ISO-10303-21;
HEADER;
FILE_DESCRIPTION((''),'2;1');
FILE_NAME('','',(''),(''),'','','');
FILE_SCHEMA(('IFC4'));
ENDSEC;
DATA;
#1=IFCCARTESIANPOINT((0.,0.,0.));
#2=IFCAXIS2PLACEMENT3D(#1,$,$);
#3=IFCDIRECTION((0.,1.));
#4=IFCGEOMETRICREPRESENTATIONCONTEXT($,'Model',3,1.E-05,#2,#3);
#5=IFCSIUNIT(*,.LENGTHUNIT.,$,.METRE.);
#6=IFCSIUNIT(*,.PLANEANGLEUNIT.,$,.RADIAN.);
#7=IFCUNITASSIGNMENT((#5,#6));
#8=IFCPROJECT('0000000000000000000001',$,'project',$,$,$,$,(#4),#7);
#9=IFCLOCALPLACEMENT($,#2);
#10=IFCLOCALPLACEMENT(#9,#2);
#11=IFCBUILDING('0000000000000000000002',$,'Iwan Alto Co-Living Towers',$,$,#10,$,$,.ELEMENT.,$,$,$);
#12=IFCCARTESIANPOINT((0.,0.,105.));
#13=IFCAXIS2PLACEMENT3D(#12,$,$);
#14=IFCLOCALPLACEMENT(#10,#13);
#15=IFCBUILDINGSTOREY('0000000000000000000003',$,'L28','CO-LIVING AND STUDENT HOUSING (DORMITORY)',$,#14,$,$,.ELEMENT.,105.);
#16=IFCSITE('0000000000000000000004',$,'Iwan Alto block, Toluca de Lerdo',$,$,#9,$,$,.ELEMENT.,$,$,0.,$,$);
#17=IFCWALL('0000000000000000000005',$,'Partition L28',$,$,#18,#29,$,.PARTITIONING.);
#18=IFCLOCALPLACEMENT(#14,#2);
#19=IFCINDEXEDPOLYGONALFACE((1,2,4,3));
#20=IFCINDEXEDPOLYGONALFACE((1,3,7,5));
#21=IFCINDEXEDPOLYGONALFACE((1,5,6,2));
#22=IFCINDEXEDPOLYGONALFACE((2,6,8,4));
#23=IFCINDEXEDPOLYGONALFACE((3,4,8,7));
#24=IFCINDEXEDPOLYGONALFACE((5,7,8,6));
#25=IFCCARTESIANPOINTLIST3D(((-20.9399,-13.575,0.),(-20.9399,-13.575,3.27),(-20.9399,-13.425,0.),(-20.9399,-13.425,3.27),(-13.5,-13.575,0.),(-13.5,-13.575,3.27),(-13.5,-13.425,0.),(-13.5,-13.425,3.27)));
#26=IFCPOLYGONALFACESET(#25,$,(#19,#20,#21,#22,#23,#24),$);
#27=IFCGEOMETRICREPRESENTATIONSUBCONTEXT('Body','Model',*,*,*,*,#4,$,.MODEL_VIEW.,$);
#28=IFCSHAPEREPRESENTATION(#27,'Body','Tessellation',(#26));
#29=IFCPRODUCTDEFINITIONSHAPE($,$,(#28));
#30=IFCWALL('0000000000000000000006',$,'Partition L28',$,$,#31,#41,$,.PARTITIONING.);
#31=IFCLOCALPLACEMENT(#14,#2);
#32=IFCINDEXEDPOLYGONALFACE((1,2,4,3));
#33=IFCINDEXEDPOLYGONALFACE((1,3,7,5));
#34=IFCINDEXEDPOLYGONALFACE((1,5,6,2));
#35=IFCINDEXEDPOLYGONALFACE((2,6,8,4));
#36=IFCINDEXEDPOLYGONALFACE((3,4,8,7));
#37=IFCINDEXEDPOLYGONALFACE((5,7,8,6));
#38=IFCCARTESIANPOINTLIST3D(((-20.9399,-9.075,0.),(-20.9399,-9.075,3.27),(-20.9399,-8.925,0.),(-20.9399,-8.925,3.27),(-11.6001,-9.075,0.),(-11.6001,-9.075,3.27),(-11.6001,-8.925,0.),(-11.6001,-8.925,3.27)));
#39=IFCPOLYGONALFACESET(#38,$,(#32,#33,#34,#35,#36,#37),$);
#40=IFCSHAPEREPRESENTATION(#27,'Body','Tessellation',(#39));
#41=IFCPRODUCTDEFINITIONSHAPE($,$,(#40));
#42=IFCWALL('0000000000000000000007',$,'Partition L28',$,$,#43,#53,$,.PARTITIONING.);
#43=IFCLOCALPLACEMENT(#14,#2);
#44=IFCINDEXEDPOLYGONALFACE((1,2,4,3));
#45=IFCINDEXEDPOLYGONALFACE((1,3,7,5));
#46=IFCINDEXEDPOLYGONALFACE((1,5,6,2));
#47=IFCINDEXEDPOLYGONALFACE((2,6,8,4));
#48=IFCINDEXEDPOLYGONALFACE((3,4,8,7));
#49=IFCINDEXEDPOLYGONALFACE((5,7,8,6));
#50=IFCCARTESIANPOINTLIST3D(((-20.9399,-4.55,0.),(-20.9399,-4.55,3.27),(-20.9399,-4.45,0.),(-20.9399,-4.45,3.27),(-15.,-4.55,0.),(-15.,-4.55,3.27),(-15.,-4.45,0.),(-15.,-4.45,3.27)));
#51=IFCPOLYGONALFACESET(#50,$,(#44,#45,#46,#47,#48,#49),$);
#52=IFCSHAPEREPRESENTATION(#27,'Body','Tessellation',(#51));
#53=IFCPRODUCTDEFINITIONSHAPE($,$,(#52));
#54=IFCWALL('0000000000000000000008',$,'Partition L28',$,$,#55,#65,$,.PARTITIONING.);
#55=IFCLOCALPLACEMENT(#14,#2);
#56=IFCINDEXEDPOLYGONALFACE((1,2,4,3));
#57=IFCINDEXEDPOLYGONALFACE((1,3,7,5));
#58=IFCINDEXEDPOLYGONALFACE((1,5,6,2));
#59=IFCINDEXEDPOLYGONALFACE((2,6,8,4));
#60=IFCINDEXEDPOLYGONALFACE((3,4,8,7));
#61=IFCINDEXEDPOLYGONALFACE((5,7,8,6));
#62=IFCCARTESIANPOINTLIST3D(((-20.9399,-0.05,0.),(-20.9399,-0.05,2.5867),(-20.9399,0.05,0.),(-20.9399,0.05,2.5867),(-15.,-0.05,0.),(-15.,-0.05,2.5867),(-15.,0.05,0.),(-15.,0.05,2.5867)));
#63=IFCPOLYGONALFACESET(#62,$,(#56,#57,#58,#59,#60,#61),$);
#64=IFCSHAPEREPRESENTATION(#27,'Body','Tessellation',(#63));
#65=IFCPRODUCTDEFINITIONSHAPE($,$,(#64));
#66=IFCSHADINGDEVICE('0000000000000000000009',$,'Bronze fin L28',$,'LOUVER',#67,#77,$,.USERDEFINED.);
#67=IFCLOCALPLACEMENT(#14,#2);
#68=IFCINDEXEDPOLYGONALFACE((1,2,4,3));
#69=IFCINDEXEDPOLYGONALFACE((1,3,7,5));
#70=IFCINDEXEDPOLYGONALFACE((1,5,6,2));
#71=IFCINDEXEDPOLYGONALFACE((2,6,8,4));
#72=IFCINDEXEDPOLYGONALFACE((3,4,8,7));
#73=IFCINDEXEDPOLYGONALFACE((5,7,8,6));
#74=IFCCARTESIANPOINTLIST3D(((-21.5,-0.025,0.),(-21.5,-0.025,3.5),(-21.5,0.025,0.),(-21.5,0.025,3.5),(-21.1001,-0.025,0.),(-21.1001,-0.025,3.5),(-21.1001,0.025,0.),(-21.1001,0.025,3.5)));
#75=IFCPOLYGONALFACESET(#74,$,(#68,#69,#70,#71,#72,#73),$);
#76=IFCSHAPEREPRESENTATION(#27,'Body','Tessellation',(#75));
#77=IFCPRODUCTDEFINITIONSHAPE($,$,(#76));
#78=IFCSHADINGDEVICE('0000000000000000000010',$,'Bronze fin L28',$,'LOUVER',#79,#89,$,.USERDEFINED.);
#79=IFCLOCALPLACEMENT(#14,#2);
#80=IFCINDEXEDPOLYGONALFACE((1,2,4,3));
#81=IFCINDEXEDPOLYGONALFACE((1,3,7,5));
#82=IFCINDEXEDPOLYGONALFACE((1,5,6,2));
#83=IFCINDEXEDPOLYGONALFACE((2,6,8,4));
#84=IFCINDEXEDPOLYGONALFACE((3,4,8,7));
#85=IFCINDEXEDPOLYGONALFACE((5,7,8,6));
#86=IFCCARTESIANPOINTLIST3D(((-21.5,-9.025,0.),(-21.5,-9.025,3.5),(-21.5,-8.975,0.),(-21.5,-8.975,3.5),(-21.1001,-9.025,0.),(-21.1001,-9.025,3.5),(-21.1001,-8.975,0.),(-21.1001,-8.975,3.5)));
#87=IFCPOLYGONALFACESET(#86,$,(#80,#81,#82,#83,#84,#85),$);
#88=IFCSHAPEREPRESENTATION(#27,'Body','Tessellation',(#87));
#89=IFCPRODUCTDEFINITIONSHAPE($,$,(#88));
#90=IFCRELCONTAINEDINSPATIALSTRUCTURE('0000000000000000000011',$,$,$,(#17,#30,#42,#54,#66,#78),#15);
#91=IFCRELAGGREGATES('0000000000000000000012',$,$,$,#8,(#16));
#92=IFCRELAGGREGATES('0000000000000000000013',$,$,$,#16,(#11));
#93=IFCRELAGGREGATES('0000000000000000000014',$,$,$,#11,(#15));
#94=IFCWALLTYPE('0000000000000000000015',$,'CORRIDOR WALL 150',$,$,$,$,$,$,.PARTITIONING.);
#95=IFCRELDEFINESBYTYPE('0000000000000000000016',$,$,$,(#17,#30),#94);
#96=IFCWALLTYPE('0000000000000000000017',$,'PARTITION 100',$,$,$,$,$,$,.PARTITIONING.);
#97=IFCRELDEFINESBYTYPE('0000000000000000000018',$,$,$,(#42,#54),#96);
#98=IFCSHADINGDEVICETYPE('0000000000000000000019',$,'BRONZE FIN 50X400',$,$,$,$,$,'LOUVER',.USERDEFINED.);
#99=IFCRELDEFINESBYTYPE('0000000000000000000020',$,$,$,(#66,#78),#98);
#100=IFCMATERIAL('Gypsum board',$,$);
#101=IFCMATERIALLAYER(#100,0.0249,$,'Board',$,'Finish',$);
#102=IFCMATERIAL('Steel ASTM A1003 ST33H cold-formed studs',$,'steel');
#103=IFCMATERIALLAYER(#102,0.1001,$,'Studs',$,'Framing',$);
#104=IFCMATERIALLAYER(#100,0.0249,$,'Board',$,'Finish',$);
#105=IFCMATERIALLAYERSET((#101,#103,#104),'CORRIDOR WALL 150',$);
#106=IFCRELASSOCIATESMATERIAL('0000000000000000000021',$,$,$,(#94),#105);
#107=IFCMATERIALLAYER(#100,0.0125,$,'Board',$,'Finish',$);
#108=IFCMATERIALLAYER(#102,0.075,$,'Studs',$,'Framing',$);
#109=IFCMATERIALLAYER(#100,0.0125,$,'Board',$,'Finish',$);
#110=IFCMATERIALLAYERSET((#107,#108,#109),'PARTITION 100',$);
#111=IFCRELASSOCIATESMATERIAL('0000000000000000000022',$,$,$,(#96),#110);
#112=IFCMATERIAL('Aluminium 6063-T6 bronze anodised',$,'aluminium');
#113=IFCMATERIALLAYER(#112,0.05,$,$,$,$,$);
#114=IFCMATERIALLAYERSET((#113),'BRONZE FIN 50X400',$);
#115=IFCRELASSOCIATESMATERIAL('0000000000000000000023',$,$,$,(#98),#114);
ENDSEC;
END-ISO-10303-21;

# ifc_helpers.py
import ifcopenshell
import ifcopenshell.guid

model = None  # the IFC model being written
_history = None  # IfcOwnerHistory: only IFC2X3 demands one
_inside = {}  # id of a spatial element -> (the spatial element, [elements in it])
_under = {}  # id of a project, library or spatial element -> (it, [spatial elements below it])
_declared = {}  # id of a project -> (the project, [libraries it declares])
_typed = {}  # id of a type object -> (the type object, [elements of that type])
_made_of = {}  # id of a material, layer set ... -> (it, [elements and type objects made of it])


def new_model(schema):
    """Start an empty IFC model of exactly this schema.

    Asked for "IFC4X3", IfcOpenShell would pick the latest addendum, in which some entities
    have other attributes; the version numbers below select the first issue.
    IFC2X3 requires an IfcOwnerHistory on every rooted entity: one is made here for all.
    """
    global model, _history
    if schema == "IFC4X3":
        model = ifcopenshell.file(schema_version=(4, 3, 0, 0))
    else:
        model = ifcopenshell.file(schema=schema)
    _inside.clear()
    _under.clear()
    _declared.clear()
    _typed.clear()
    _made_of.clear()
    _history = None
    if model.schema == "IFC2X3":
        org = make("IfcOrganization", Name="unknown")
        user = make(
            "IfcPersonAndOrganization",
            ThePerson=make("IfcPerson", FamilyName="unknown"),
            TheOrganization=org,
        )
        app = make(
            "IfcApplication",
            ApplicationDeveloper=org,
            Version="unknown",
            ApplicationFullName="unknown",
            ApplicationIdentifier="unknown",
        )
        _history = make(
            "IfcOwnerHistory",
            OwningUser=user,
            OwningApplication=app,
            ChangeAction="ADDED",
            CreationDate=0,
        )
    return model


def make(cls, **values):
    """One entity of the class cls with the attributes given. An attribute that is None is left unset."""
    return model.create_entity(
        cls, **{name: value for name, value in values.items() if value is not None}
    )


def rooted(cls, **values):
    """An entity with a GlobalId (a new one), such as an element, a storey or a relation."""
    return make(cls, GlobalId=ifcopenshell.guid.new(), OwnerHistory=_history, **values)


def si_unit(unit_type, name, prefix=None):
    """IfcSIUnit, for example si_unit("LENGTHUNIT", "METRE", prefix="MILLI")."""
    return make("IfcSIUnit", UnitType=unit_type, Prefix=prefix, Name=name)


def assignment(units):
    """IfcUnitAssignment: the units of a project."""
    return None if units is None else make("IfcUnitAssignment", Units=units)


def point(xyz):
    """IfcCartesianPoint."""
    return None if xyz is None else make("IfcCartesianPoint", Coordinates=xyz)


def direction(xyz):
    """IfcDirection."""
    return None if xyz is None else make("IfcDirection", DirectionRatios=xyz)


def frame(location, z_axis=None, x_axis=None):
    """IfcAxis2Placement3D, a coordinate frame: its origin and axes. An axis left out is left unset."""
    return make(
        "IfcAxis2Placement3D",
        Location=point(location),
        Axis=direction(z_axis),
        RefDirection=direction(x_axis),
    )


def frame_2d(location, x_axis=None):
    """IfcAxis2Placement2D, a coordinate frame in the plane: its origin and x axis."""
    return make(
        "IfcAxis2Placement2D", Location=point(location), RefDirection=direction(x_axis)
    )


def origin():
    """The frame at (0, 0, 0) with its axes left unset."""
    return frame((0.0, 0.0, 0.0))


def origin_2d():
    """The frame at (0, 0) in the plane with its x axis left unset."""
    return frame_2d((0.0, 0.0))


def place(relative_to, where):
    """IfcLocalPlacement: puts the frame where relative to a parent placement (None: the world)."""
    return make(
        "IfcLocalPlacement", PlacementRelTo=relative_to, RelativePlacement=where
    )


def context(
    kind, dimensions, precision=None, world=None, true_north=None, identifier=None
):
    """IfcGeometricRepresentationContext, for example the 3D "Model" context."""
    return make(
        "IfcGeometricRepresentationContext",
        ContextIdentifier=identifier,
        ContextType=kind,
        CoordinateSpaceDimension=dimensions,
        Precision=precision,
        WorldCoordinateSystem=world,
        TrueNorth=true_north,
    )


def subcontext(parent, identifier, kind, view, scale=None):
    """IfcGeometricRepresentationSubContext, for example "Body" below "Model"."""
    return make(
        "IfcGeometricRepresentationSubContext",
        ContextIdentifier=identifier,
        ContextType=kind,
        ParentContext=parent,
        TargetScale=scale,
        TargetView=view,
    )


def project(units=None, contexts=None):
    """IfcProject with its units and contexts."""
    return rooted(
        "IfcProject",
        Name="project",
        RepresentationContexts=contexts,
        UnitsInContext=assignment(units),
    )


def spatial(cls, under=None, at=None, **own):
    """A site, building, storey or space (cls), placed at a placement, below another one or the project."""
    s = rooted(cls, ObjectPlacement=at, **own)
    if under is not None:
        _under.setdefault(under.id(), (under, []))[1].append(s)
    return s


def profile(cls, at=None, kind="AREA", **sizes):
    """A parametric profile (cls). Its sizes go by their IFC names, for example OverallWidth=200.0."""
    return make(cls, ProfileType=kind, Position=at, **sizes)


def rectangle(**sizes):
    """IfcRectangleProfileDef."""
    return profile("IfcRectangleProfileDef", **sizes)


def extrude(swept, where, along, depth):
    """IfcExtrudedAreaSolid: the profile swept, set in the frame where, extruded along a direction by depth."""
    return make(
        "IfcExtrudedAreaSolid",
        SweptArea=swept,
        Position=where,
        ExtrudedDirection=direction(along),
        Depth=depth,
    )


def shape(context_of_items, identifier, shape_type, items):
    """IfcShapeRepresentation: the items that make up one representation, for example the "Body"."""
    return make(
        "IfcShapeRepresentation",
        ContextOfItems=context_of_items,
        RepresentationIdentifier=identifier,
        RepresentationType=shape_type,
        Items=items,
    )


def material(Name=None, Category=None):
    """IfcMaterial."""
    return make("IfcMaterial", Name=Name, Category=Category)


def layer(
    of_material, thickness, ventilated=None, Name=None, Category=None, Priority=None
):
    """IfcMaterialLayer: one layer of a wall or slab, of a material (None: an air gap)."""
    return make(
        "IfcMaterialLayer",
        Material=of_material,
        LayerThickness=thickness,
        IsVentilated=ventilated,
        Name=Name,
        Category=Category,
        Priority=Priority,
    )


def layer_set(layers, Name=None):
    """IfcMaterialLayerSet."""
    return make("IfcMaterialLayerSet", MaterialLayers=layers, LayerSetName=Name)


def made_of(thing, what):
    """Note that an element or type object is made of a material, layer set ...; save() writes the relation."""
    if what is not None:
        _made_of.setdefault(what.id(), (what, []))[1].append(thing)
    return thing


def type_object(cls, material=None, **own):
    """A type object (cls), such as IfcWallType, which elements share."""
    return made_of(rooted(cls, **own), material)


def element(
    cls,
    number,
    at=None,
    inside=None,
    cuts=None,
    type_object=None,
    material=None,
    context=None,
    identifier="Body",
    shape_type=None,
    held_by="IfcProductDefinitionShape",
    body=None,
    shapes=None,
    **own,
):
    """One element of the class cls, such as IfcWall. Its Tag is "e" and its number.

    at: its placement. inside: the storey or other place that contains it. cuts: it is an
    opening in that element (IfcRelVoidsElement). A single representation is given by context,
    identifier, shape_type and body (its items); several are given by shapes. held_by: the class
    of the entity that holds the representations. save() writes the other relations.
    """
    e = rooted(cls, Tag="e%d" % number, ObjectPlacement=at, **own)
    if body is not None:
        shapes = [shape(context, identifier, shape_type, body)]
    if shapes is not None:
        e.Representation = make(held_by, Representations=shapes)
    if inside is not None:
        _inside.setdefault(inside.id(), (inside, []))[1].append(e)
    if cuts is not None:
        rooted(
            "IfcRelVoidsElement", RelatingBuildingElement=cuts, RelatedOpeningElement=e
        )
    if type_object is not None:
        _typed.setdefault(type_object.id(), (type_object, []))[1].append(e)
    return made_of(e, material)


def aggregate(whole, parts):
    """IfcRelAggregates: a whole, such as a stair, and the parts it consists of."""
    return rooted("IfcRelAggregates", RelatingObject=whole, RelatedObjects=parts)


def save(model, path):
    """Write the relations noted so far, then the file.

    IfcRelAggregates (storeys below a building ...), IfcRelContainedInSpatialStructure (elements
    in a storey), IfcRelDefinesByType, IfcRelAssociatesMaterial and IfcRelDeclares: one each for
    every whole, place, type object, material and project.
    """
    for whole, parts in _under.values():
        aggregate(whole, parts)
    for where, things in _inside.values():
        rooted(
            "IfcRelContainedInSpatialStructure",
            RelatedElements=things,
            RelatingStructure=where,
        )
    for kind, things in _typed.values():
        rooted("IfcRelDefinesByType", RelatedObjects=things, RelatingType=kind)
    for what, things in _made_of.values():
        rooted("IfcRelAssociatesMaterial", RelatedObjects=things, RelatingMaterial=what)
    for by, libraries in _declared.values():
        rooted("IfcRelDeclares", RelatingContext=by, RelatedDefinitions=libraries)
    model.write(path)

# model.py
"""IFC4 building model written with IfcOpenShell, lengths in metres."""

from ifc_helpers import new_model, si_unit, direction, frame, frame_2d, origin, origin_2d, place, context, subcontext, project, spatial, rectangle, extrude, material, layer, layer_set, type_object, element, save


model = new_model("IFC4")

# Units and contexts
model_context = context("Model", 3, precision=1e-05, world=origin(), true_north=direction((0.0, 1.0)))
body_context = subcontext(model_context, "Body", "Model", "MODEL_VIEW")
ifc_project = project(units=[si_unit("LENGTHUNIT", "METRE"), si_unit("PLANEANGLEUNIT", "RADIAN")], contexts=[model_context])

# Site, building, storey
site_placement = place(None, origin())
site = spatial("IfcSite", under=ifc_project, at=site_placement, Name="Iwan Alto block, Toluca de Lerdo", CompositionType="ELEMENT", RefElevation=0.0)
building_placement = place(site_placement, origin())
building = spatial("IfcBuilding", under=site, at=building_placement, Name="Iwan Alto Co-Living Towers", CompositionType="ELEMENT")
storey_placement = place(building_placement, frame((0.0, 0.0, 105.0)))
storey = spatial("IfcBuildingStorey", under=building, at=storey_placement, Name="L28", Description="CO-LIVING AND STUDENT HOUSING (DORMITORY)", CompositionType="ELEMENT", Elevation=105.0)

# Walls
ifc_material_1 = material(Name="Gypsum board")
ifc_layer_1 = layer(ifc_material_1, 0.0249, Name="Board", Category="Finish")
ifc_material_2 = material(Name="Steel ASTM A1003 ST33H cold-formed studs", Category="steel")
ifc_layer_2 = layer(ifc_material_2, 0.1001, Name="Studs", Category="Framing")
ifc_layer_3 = layer(ifc_material_1, 0.0249, Name="Board", Category="Finish")
ifc_layer_set_1 = layer_set([ifc_layer_1, ifc_layer_2, ifc_layer_3], Name="CORRIDOR WALL 150")
wall_type_1 = type_object("IfcWallType", Name="CORRIDOR WALL 150", PredefinedType="PARTITIONING", material=ifc_layer_set_1)
wall_1_placement = place(storey_placement, frame((-20.9399, -13.5, 0.0), z_axis=(0.0, 0.0, 1.0), x_axis=(1.0, 0.0, 0.0)))
element("IfcWall", 1, at=wall_1_placement, inside=storey, type_object=wall_type_1, Name="Partition L28", PredefinedType="PARTITIONING", context=body_context, shape_type="SweptSolid", body=[
    extrude(rectangle(XDim=7.4399, YDim=0.1499, at=frame_2d((3.72, 0.0))), origin(), (0.0, 0.0, 1.0), 3.27),
])
wall_2_placement = place(storey_placement, frame((-20.9399, -9.0, 0.0), z_axis=(0.0, 0.0, 1.0), x_axis=(1.0, 0.0, 0.0)))
element("IfcWall", 2, at=wall_2_placement, inside=storey, type_object=wall_type_1, Name="Partition L28", PredefinedType="PARTITIONING", context=body_context, shape_type="SweptSolid", body=[
    extrude(rectangle(XDim=9.3398, YDim=0.1499, at=frame_2d((4.6699, 0.0))), origin(), (0.0, 0.0, 1.0), 3.27),
])
ifc_layer_4 = layer(ifc_material_1, 0.0125, Name="Board", Category="Finish")
ifc_layer_5 = layer(ifc_material_2, 0.075, Name="Studs", Category="Framing")
ifc_layer_6 = layer(ifc_material_1, 0.0125, Name="Board", Category="Finish")
ifc_layer_set_2 = layer_set([ifc_layer_4, ifc_layer_5, ifc_layer_6], Name="PARTITION 100")
wall_type_2 = type_object("IfcWallType", Name="PARTITION 100", PredefinedType="PARTITIONING", material=ifc_layer_set_2)
wall_3_placement = place(storey_placement, frame((-20.9399, -4.5, 0.0), z_axis=(0.0, 0.0, 1.0), x_axis=(1.0, 0.0, 0.0)))
element("IfcWall", 3, at=wall_3_placement, inside=storey, type_object=wall_type_2, Name="Partition L28", PredefinedType="PARTITIONING", context=body_context, shape_type="SweptSolid", body=[
    extrude(rectangle(XDim=5.9399, YDim=0.1001, at=frame_2d((2.97, 0.0))), origin(), (0.0, 0.0, 1.0), 3.27),
])
wall_4_placement = place(storey_placement, frame((-20.9399, 0.0, 0.0), z_axis=(0.0, 0.0, 1.0), x_axis=(1.0, 0.0, 0.0)))
element("IfcWall", 4, at=wall_4_placement, inside=storey, type_object=wall_type_2, Name="Partition L28", PredefinedType="PARTITIONING", context=body_context, shape_type="SweptSolid", body=[
    extrude(rectangle(XDim=5.9399, YDim=0.1001, at=frame_2d((2.97, 0.0))), origin(), (0.0, 0.0, 1.0), 2.5867),
])

# Shading devices
ifc_material_3 = material(Name="Aluminium 6063-T6 bronze anodised", Category="aluminium")
ifc_layer_7 = layer(ifc_material_3, 0.05)
ifc_layer_set_3 = layer_set([ifc_layer_7], Name="BRONZE FIN 50X400")
shading_device_type = type_object("IfcShadingDeviceType", Name="BRONZE FIN 50X400", ElementType="LOUVER", PredefinedType="USERDEFINED", material=ifc_layer_set_3)
for number, where, z_axis, x_axis, name in (
    (5, (-21.3, 0.0, 0.0), (0.0, 0.0, 1.0), (0.0, -1.0, 0.0), "Bronze fin L28"),
    (6, (-21.3, -9.0, 0.0), (0.0, 0.0, 1.0), (0.0, -1.0, 0.0), "Bronze fin L28"),
):
    element("IfcShadingDevice", number, at=place(storey_placement, frame(where, z_axis=z_axis, x_axis=x_axis)), inside=storey, type_object=shading_device_type, Name=name, ObjectType="LOUVER", PredefinedType="USERDEFINED", context=body_context, shape_type="SweptSolid", body=[
        extrude(rectangle(XDim=0.05, YDim=0.3999, at=origin_2d()), origin(), (0.0, 0.0, 1.0), 3.5),
    ])

save(model, "model.ifc")
